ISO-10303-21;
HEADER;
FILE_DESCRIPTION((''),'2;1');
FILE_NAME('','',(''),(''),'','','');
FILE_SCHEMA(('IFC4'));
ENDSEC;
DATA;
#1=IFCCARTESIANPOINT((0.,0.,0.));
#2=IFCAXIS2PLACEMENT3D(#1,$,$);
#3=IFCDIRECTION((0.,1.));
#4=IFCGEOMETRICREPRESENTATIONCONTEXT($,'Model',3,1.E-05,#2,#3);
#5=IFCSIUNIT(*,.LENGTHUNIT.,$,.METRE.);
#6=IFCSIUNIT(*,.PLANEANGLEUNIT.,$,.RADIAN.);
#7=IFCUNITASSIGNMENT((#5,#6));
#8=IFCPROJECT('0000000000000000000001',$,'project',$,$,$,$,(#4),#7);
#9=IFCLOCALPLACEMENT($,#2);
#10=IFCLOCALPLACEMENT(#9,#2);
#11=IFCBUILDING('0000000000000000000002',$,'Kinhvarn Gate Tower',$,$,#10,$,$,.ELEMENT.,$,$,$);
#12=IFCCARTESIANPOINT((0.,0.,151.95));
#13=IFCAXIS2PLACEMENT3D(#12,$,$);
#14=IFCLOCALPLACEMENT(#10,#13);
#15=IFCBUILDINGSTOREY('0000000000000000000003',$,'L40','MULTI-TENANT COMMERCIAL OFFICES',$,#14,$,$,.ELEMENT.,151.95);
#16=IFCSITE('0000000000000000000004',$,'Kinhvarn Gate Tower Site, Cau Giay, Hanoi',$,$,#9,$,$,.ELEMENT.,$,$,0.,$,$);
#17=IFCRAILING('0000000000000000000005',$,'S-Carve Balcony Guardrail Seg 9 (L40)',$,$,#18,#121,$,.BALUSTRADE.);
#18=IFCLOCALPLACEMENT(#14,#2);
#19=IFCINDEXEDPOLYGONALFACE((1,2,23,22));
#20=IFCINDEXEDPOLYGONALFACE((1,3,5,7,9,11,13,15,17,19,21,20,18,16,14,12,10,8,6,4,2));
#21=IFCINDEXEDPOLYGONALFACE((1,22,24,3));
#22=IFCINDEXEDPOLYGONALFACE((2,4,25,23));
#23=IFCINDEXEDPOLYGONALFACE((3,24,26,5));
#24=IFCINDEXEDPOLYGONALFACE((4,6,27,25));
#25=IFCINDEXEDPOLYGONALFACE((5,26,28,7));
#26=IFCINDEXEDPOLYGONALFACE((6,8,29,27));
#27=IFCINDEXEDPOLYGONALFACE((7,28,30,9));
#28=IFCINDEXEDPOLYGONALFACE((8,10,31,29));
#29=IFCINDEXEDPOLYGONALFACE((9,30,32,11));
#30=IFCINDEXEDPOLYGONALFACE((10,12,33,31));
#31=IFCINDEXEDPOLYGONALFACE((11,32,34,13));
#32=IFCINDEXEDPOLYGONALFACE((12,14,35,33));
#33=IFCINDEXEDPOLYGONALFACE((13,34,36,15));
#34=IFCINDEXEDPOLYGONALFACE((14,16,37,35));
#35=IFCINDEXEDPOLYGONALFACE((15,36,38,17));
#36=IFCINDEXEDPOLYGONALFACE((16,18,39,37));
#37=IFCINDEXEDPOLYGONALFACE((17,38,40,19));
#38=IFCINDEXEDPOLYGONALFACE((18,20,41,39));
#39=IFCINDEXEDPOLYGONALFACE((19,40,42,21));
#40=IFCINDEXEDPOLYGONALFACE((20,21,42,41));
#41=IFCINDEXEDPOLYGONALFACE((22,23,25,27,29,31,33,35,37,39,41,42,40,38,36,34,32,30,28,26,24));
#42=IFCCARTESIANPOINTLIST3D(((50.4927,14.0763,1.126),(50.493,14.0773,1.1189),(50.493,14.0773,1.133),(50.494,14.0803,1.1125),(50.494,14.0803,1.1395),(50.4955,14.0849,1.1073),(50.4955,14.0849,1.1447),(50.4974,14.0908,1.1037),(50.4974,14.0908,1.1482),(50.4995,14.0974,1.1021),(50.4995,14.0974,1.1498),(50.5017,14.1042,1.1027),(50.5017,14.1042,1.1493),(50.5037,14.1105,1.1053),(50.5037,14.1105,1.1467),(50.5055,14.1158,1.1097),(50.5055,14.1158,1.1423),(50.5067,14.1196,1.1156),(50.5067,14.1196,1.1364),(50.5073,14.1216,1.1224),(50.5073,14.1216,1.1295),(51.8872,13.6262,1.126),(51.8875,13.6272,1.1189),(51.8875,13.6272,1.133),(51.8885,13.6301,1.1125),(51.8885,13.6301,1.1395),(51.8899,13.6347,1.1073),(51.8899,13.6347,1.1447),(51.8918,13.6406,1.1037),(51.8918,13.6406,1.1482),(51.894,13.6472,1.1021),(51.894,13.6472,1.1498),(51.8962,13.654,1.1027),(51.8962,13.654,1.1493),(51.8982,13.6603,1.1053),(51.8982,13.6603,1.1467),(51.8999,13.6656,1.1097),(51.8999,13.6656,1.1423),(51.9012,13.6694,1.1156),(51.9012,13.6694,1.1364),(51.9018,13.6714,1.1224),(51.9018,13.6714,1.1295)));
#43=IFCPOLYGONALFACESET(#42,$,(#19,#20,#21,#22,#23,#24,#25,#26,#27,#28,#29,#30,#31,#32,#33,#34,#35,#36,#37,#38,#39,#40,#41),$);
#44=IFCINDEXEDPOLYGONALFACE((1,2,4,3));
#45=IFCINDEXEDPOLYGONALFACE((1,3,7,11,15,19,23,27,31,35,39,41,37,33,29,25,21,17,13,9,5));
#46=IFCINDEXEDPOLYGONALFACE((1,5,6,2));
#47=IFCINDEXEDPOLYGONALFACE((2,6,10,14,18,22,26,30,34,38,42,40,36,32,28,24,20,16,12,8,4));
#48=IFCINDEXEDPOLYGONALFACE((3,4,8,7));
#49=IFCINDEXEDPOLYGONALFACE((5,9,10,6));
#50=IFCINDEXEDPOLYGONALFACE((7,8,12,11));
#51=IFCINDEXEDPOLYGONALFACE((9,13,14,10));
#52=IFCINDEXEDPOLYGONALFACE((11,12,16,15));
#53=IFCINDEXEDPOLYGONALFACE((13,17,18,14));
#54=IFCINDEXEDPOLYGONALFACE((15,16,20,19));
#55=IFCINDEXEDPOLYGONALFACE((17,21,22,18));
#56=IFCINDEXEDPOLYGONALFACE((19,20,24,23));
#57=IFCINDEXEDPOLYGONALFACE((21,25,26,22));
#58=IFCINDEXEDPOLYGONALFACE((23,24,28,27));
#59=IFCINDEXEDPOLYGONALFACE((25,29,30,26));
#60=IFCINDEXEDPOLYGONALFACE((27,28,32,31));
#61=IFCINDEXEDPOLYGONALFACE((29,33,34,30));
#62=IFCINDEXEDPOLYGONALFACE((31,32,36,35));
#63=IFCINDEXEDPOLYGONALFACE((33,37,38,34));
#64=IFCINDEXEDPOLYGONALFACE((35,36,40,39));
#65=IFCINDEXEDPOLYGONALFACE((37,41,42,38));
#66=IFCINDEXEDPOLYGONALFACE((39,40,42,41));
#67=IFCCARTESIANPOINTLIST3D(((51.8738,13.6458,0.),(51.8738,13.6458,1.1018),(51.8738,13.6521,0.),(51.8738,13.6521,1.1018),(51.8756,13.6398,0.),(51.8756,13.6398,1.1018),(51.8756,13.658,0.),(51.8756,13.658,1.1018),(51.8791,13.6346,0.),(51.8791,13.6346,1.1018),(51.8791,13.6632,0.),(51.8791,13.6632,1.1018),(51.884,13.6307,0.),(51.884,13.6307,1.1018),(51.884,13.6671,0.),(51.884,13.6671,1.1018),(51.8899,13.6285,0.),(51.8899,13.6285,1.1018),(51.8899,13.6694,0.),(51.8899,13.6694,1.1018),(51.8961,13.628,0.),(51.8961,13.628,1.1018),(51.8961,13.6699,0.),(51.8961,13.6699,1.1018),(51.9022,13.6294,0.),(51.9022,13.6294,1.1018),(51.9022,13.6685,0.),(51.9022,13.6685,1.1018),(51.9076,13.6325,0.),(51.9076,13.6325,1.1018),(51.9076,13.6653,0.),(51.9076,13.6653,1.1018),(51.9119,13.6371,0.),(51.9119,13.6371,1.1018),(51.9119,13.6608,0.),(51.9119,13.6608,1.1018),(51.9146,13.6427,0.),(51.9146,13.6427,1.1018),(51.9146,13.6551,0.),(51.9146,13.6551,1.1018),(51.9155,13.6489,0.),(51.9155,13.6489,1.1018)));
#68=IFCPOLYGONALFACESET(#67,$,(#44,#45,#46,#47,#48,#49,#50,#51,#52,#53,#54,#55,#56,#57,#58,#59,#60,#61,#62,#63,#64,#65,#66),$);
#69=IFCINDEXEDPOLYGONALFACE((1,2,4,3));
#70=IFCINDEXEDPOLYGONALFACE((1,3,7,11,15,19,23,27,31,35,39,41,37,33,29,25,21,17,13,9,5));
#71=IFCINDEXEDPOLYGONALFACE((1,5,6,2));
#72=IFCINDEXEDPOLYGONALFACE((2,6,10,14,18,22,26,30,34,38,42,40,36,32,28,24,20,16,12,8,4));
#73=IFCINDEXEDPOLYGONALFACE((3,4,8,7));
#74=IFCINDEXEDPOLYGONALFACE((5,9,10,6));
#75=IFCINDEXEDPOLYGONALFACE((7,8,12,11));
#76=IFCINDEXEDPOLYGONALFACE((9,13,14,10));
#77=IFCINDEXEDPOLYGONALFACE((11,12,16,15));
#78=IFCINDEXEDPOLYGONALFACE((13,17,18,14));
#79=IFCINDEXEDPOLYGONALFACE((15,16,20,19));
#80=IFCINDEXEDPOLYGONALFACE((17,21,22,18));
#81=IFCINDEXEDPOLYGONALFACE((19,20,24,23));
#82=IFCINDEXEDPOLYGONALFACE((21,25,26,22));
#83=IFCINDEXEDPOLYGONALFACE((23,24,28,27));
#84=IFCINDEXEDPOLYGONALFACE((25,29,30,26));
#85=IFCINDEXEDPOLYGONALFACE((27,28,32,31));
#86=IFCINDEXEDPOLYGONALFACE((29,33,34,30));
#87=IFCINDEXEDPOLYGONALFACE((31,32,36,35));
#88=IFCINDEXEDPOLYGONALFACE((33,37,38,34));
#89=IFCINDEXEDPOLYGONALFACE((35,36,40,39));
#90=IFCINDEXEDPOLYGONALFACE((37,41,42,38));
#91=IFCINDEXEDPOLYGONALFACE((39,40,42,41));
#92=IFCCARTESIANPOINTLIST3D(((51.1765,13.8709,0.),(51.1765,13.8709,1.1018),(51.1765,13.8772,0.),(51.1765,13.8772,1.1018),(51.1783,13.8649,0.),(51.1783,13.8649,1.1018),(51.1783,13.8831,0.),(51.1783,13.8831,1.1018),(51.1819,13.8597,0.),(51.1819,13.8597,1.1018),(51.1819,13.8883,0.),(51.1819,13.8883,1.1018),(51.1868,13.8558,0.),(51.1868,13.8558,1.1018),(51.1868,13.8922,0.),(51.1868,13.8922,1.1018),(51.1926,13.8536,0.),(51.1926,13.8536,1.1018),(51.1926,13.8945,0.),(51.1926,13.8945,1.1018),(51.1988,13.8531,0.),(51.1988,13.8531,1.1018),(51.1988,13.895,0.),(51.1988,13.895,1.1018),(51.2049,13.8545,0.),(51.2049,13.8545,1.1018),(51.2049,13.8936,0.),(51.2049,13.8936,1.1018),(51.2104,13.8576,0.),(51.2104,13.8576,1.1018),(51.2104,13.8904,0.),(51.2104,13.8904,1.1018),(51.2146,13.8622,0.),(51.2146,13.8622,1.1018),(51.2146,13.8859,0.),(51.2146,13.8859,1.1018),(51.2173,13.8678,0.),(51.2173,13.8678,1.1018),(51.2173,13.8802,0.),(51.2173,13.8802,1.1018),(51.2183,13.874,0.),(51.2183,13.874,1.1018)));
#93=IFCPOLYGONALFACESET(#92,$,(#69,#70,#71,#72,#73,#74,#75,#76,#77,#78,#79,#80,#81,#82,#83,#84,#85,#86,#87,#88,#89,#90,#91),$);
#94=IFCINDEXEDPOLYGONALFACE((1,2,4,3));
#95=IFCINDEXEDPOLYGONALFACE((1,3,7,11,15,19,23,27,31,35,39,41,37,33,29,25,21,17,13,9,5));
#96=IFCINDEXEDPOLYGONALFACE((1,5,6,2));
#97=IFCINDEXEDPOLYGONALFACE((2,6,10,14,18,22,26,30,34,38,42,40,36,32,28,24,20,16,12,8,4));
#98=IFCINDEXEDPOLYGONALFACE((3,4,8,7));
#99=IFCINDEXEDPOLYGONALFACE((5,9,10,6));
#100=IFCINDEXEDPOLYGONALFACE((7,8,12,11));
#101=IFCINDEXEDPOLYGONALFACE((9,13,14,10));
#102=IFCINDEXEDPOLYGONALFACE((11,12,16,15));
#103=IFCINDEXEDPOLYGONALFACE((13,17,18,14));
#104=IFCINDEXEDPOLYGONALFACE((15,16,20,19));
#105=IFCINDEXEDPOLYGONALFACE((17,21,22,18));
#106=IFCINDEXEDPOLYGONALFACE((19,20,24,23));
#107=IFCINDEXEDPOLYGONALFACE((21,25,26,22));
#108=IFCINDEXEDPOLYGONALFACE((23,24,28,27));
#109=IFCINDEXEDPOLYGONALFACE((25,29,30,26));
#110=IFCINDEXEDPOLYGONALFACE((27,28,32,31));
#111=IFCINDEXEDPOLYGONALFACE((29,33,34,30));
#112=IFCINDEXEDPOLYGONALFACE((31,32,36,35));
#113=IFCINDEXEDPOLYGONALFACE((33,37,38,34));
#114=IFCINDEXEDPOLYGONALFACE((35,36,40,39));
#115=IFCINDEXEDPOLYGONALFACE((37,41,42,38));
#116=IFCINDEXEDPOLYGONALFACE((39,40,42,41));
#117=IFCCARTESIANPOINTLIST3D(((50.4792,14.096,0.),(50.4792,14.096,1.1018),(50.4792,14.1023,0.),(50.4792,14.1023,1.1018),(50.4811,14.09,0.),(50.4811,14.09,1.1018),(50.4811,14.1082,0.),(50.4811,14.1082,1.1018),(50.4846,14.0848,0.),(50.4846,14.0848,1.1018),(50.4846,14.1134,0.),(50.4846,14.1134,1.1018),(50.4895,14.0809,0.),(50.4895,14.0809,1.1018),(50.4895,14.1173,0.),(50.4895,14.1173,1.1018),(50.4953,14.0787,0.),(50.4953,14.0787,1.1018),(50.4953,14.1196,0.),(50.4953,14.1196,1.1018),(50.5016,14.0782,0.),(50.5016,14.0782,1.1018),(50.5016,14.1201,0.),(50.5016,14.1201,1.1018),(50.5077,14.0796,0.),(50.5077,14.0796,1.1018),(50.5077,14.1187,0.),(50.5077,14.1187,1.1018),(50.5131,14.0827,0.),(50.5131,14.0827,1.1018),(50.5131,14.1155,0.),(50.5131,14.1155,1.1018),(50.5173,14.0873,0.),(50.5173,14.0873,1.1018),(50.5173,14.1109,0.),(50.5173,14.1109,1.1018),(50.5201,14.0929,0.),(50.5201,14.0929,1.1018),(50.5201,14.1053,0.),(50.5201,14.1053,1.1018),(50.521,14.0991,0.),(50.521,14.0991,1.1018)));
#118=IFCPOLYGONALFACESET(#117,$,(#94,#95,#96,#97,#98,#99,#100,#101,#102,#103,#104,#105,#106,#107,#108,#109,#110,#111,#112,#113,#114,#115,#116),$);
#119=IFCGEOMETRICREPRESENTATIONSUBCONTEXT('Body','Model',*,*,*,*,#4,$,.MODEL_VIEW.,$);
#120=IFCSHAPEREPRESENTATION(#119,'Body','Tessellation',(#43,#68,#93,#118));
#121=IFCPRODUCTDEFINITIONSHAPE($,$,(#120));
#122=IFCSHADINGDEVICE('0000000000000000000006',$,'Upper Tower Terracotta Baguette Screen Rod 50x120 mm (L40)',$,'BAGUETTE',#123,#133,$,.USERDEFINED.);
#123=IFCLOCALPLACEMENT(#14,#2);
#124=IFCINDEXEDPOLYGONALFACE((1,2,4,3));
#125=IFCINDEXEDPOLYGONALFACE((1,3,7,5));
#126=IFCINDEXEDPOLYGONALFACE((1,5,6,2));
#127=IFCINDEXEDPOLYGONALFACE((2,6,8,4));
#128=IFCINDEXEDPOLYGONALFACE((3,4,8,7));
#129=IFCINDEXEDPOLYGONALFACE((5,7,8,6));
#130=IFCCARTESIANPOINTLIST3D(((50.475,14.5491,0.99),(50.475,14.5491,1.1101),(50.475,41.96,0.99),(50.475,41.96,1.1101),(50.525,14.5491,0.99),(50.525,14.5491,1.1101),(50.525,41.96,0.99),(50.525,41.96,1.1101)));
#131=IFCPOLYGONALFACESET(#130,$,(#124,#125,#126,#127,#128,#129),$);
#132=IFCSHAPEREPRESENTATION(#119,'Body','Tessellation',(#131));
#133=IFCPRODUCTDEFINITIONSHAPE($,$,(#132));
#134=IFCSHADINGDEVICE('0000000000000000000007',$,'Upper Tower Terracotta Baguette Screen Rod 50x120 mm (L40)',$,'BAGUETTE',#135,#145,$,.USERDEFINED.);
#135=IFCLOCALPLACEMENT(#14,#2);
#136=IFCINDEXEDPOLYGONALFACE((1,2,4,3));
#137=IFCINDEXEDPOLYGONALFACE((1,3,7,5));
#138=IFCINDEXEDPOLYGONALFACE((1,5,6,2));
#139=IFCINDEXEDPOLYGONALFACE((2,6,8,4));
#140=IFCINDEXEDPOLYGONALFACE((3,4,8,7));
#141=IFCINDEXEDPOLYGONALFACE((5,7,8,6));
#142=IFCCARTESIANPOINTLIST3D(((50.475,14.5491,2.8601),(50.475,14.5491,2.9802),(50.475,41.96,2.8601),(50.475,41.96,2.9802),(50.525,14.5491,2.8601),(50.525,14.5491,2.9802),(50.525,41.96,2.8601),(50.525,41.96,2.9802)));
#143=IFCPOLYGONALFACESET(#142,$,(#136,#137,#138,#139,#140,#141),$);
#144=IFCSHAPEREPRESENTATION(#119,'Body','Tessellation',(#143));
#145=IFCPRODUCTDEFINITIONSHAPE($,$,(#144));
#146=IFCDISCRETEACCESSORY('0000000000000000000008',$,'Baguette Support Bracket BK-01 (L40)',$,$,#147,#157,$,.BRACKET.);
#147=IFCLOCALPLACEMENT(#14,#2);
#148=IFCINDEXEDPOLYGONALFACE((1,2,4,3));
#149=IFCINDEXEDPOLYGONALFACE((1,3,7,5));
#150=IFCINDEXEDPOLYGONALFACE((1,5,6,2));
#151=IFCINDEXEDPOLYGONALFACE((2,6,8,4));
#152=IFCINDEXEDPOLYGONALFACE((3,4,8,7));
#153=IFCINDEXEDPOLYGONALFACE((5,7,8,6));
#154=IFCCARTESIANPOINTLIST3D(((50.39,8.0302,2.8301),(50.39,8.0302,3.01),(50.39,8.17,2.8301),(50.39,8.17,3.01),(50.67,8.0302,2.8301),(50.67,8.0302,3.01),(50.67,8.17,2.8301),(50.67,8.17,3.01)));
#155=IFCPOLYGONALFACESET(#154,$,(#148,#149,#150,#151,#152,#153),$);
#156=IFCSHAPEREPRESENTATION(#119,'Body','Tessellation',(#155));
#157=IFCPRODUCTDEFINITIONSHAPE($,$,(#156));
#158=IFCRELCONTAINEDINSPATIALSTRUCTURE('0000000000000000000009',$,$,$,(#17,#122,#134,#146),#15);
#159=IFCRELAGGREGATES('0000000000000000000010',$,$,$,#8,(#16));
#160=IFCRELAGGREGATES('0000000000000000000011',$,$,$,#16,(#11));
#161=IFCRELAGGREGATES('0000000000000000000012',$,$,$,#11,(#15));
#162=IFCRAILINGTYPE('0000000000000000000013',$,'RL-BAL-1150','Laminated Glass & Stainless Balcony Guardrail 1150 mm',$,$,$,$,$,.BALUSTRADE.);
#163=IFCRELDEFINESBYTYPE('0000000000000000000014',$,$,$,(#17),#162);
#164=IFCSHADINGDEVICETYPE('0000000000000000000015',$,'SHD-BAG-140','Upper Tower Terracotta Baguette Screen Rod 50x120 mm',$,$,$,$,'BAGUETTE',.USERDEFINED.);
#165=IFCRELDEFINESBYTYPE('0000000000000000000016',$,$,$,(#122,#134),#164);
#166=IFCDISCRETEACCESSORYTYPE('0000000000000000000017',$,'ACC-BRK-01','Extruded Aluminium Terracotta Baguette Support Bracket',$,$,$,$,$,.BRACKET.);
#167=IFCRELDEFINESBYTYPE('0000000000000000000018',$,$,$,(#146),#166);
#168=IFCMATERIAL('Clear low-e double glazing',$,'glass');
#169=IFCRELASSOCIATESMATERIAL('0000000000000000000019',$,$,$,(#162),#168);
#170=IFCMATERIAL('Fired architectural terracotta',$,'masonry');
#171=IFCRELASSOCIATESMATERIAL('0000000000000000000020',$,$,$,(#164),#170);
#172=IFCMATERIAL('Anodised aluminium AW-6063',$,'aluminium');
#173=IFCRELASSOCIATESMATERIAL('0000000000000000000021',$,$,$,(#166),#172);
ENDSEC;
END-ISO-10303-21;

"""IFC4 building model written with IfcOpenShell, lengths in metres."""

from ifc_helpers import new_model, si_unit, direction, frame, origin, origin_2d, place, context, subcontext, project, spatial, rectangle, circle, extrude, material, material_profile, profile_set, type_object, element, save


model = new_model("IFC4")

# Units and contexts
model_context = context("Model", 3, precision=1e-05, world=origin(), true_north=direction((0.0, 1.0)))
body_context = subcontext(model_context, "Body", "Model", "MODEL_VIEW")
ifc_project = project(units=[si_unit("LENGTHUNIT", "METRE"), si_unit("PLANEANGLEUNIT", "RADIAN")], contexts=[model_context])

# Site, building, storey
site_placement = place(None, origin())
site = spatial("IfcSite", under=ifc_project, at=site_placement, Name="Kinhvarn Gate Tower Site, Cau Giay, Hanoi", CompositionType="ELEMENT", RefElevation=0.0)
building_placement = place(site_placement, origin())
building = spatial("IfcBuilding", under=site, at=building_placement, Name="Kinhvarn Gate Tower", CompositionType="ELEMENT")
storey_placement = place(building_placement, frame((0.0, 0.0, 151.95)))
storey = spatial("IfcBuildingStorey", under=building, at=storey_placement, Name="L40", Description="MULTI-TENANT COMMERCIAL OFFICES", CompositionType="ELEMENT", Elevation=151.95)

# Shared definitions
ifc_material_1 = material(Name="Anodised aluminium AW-6063", Category="aluminium")

# Shared definitions
ifc_material_2 = material(Name="Clear low-e double glazing", Category="glass")

# Shared definitions
ifc_material_3 = material(Name="Fired architectural terracotta", Category="masonry")

# Railing
railing_type = type_object("IfcRailingType", Name="RL-BAL-1150", Description="Laminated Glass & Stainless Balcony Guardrail 1150 mm", PredefinedType="BALUSTRADE", material=ifc_material_2)
railing_placement = place(storey_placement, frame((51.8945, 13.6489, 0.0)))
element("IfcRailing", 1, at=railing_placement, inside=storey, type_object=railing_type, Name="S-Carve Balcony Guardrail Seg 9 (L40)", PredefinedType="BALUSTRADE", context=body_context, shape_type="SweptSolid", body=[
    extrude(circle(Radius=0.0239, at=origin_2d()), frame((0.0, 0.0, 1.126), z_axis=(-0.95164, 0.307217, 0.0), x_axis=(-0.307217, -0.95164, 0.0)), (0.0, 0.0, 1.0), 1.4653),
    extrude(circle(Radius=0.021, at=origin_2d()), origin(), (0.0, 0.0, 1.0), 1.1018),
    extrude(circle(Radius=0.021, at=origin_2d()), frame((-0.6973, 0.2251, 0.0)), (0.0, 0.0, 1.0), 1.1018),
    extrude(circle(Radius=0.021, at=origin_2d()), frame((-1.3945, 0.4502, 0.0)), (0.0, 0.0, 1.0), 1.1018),
])

# Shading devices
ifc_material_profile_1 = material_profile(ifc_material_3, rectangle(XDim=0.05, YDim=0.1201, at=origin_2d()), Name="TC 50x120")
ifc_profile_set_1 = profile_set([ifc_material_profile_1], Name="Fired architectural terracotta")
shading_device_type = type_object("IfcShadingDeviceType", Name="SHD-BAG-140", Description="Upper Tower Terracotta Baguette Screen Rod 50x120 mm", ElementType="BAGUETTE", PredefinedType="USERDEFINED", material=ifc_profile_set_1)
for number, where, z_axis, x_axis, name in (
    (2, (50.5, 14.5491, 1.05), (0.0, 1.0, 0.0), (-1.0, 0.0, 0.0), "Upper Tower Terracotta Baguette Screen Rod 50x120 mm (L40)"),
    (3, (50.5, 14.5491, 2.9202), (0.0, 1.0, 0.0), (-1.0, 0.0, 0.0), "Upper Tower Terracotta Baguette Screen Rod 50x120 mm (L40)"),
):
    element("IfcShadingDevice", number, at=place(storey_placement, frame(where, z_axis=z_axis, x_axis=x_axis)), inside=storey, type_object=shading_device_type, Name=name, ObjectType="BAGUETTE", PredefinedType="USERDEFINED", context=body_context, shape_type="SweptSolid", body=[
        extrude(rectangle(XDim=0.05, YDim=0.1201, at=origin_2d()), origin(), (0.0, 0.0, 1.0), 27.4109),
    ])

# Discrete accessory
discrete_accessory_type = type_object("IfcDiscreteAccessoryType", Name="ACC-BRK-01", Description="Extruded Aluminium Terracotta Baguette Support Bracket", PredefinedType="BRACKET", material=ifc_material_1)
discrete_accessory_placement = place(storey_placement, frame((50.53, 8.1001, 2.8301), z_axis=(0.0, 0.0, 1.0), x_axis=(0.0, 1.0, 0.0)))
element("IfcDiscreteAccessory", 4, at=discrete_accessory_placement, inside=storey, type_object=discrete_accessory_type, Name="Baguette Support Bracket BK-01 (L40)", PredefinedType="BRACKET", context=body_context, shape_type="SweptSolid", body=[
    extrude(rectangle(XDim=0.1399, YDim=0.28, at=origin_2d()), origin(), (0.0, 0.0, 1.0), 0.1799),
])

save(model, "model.ifc")
